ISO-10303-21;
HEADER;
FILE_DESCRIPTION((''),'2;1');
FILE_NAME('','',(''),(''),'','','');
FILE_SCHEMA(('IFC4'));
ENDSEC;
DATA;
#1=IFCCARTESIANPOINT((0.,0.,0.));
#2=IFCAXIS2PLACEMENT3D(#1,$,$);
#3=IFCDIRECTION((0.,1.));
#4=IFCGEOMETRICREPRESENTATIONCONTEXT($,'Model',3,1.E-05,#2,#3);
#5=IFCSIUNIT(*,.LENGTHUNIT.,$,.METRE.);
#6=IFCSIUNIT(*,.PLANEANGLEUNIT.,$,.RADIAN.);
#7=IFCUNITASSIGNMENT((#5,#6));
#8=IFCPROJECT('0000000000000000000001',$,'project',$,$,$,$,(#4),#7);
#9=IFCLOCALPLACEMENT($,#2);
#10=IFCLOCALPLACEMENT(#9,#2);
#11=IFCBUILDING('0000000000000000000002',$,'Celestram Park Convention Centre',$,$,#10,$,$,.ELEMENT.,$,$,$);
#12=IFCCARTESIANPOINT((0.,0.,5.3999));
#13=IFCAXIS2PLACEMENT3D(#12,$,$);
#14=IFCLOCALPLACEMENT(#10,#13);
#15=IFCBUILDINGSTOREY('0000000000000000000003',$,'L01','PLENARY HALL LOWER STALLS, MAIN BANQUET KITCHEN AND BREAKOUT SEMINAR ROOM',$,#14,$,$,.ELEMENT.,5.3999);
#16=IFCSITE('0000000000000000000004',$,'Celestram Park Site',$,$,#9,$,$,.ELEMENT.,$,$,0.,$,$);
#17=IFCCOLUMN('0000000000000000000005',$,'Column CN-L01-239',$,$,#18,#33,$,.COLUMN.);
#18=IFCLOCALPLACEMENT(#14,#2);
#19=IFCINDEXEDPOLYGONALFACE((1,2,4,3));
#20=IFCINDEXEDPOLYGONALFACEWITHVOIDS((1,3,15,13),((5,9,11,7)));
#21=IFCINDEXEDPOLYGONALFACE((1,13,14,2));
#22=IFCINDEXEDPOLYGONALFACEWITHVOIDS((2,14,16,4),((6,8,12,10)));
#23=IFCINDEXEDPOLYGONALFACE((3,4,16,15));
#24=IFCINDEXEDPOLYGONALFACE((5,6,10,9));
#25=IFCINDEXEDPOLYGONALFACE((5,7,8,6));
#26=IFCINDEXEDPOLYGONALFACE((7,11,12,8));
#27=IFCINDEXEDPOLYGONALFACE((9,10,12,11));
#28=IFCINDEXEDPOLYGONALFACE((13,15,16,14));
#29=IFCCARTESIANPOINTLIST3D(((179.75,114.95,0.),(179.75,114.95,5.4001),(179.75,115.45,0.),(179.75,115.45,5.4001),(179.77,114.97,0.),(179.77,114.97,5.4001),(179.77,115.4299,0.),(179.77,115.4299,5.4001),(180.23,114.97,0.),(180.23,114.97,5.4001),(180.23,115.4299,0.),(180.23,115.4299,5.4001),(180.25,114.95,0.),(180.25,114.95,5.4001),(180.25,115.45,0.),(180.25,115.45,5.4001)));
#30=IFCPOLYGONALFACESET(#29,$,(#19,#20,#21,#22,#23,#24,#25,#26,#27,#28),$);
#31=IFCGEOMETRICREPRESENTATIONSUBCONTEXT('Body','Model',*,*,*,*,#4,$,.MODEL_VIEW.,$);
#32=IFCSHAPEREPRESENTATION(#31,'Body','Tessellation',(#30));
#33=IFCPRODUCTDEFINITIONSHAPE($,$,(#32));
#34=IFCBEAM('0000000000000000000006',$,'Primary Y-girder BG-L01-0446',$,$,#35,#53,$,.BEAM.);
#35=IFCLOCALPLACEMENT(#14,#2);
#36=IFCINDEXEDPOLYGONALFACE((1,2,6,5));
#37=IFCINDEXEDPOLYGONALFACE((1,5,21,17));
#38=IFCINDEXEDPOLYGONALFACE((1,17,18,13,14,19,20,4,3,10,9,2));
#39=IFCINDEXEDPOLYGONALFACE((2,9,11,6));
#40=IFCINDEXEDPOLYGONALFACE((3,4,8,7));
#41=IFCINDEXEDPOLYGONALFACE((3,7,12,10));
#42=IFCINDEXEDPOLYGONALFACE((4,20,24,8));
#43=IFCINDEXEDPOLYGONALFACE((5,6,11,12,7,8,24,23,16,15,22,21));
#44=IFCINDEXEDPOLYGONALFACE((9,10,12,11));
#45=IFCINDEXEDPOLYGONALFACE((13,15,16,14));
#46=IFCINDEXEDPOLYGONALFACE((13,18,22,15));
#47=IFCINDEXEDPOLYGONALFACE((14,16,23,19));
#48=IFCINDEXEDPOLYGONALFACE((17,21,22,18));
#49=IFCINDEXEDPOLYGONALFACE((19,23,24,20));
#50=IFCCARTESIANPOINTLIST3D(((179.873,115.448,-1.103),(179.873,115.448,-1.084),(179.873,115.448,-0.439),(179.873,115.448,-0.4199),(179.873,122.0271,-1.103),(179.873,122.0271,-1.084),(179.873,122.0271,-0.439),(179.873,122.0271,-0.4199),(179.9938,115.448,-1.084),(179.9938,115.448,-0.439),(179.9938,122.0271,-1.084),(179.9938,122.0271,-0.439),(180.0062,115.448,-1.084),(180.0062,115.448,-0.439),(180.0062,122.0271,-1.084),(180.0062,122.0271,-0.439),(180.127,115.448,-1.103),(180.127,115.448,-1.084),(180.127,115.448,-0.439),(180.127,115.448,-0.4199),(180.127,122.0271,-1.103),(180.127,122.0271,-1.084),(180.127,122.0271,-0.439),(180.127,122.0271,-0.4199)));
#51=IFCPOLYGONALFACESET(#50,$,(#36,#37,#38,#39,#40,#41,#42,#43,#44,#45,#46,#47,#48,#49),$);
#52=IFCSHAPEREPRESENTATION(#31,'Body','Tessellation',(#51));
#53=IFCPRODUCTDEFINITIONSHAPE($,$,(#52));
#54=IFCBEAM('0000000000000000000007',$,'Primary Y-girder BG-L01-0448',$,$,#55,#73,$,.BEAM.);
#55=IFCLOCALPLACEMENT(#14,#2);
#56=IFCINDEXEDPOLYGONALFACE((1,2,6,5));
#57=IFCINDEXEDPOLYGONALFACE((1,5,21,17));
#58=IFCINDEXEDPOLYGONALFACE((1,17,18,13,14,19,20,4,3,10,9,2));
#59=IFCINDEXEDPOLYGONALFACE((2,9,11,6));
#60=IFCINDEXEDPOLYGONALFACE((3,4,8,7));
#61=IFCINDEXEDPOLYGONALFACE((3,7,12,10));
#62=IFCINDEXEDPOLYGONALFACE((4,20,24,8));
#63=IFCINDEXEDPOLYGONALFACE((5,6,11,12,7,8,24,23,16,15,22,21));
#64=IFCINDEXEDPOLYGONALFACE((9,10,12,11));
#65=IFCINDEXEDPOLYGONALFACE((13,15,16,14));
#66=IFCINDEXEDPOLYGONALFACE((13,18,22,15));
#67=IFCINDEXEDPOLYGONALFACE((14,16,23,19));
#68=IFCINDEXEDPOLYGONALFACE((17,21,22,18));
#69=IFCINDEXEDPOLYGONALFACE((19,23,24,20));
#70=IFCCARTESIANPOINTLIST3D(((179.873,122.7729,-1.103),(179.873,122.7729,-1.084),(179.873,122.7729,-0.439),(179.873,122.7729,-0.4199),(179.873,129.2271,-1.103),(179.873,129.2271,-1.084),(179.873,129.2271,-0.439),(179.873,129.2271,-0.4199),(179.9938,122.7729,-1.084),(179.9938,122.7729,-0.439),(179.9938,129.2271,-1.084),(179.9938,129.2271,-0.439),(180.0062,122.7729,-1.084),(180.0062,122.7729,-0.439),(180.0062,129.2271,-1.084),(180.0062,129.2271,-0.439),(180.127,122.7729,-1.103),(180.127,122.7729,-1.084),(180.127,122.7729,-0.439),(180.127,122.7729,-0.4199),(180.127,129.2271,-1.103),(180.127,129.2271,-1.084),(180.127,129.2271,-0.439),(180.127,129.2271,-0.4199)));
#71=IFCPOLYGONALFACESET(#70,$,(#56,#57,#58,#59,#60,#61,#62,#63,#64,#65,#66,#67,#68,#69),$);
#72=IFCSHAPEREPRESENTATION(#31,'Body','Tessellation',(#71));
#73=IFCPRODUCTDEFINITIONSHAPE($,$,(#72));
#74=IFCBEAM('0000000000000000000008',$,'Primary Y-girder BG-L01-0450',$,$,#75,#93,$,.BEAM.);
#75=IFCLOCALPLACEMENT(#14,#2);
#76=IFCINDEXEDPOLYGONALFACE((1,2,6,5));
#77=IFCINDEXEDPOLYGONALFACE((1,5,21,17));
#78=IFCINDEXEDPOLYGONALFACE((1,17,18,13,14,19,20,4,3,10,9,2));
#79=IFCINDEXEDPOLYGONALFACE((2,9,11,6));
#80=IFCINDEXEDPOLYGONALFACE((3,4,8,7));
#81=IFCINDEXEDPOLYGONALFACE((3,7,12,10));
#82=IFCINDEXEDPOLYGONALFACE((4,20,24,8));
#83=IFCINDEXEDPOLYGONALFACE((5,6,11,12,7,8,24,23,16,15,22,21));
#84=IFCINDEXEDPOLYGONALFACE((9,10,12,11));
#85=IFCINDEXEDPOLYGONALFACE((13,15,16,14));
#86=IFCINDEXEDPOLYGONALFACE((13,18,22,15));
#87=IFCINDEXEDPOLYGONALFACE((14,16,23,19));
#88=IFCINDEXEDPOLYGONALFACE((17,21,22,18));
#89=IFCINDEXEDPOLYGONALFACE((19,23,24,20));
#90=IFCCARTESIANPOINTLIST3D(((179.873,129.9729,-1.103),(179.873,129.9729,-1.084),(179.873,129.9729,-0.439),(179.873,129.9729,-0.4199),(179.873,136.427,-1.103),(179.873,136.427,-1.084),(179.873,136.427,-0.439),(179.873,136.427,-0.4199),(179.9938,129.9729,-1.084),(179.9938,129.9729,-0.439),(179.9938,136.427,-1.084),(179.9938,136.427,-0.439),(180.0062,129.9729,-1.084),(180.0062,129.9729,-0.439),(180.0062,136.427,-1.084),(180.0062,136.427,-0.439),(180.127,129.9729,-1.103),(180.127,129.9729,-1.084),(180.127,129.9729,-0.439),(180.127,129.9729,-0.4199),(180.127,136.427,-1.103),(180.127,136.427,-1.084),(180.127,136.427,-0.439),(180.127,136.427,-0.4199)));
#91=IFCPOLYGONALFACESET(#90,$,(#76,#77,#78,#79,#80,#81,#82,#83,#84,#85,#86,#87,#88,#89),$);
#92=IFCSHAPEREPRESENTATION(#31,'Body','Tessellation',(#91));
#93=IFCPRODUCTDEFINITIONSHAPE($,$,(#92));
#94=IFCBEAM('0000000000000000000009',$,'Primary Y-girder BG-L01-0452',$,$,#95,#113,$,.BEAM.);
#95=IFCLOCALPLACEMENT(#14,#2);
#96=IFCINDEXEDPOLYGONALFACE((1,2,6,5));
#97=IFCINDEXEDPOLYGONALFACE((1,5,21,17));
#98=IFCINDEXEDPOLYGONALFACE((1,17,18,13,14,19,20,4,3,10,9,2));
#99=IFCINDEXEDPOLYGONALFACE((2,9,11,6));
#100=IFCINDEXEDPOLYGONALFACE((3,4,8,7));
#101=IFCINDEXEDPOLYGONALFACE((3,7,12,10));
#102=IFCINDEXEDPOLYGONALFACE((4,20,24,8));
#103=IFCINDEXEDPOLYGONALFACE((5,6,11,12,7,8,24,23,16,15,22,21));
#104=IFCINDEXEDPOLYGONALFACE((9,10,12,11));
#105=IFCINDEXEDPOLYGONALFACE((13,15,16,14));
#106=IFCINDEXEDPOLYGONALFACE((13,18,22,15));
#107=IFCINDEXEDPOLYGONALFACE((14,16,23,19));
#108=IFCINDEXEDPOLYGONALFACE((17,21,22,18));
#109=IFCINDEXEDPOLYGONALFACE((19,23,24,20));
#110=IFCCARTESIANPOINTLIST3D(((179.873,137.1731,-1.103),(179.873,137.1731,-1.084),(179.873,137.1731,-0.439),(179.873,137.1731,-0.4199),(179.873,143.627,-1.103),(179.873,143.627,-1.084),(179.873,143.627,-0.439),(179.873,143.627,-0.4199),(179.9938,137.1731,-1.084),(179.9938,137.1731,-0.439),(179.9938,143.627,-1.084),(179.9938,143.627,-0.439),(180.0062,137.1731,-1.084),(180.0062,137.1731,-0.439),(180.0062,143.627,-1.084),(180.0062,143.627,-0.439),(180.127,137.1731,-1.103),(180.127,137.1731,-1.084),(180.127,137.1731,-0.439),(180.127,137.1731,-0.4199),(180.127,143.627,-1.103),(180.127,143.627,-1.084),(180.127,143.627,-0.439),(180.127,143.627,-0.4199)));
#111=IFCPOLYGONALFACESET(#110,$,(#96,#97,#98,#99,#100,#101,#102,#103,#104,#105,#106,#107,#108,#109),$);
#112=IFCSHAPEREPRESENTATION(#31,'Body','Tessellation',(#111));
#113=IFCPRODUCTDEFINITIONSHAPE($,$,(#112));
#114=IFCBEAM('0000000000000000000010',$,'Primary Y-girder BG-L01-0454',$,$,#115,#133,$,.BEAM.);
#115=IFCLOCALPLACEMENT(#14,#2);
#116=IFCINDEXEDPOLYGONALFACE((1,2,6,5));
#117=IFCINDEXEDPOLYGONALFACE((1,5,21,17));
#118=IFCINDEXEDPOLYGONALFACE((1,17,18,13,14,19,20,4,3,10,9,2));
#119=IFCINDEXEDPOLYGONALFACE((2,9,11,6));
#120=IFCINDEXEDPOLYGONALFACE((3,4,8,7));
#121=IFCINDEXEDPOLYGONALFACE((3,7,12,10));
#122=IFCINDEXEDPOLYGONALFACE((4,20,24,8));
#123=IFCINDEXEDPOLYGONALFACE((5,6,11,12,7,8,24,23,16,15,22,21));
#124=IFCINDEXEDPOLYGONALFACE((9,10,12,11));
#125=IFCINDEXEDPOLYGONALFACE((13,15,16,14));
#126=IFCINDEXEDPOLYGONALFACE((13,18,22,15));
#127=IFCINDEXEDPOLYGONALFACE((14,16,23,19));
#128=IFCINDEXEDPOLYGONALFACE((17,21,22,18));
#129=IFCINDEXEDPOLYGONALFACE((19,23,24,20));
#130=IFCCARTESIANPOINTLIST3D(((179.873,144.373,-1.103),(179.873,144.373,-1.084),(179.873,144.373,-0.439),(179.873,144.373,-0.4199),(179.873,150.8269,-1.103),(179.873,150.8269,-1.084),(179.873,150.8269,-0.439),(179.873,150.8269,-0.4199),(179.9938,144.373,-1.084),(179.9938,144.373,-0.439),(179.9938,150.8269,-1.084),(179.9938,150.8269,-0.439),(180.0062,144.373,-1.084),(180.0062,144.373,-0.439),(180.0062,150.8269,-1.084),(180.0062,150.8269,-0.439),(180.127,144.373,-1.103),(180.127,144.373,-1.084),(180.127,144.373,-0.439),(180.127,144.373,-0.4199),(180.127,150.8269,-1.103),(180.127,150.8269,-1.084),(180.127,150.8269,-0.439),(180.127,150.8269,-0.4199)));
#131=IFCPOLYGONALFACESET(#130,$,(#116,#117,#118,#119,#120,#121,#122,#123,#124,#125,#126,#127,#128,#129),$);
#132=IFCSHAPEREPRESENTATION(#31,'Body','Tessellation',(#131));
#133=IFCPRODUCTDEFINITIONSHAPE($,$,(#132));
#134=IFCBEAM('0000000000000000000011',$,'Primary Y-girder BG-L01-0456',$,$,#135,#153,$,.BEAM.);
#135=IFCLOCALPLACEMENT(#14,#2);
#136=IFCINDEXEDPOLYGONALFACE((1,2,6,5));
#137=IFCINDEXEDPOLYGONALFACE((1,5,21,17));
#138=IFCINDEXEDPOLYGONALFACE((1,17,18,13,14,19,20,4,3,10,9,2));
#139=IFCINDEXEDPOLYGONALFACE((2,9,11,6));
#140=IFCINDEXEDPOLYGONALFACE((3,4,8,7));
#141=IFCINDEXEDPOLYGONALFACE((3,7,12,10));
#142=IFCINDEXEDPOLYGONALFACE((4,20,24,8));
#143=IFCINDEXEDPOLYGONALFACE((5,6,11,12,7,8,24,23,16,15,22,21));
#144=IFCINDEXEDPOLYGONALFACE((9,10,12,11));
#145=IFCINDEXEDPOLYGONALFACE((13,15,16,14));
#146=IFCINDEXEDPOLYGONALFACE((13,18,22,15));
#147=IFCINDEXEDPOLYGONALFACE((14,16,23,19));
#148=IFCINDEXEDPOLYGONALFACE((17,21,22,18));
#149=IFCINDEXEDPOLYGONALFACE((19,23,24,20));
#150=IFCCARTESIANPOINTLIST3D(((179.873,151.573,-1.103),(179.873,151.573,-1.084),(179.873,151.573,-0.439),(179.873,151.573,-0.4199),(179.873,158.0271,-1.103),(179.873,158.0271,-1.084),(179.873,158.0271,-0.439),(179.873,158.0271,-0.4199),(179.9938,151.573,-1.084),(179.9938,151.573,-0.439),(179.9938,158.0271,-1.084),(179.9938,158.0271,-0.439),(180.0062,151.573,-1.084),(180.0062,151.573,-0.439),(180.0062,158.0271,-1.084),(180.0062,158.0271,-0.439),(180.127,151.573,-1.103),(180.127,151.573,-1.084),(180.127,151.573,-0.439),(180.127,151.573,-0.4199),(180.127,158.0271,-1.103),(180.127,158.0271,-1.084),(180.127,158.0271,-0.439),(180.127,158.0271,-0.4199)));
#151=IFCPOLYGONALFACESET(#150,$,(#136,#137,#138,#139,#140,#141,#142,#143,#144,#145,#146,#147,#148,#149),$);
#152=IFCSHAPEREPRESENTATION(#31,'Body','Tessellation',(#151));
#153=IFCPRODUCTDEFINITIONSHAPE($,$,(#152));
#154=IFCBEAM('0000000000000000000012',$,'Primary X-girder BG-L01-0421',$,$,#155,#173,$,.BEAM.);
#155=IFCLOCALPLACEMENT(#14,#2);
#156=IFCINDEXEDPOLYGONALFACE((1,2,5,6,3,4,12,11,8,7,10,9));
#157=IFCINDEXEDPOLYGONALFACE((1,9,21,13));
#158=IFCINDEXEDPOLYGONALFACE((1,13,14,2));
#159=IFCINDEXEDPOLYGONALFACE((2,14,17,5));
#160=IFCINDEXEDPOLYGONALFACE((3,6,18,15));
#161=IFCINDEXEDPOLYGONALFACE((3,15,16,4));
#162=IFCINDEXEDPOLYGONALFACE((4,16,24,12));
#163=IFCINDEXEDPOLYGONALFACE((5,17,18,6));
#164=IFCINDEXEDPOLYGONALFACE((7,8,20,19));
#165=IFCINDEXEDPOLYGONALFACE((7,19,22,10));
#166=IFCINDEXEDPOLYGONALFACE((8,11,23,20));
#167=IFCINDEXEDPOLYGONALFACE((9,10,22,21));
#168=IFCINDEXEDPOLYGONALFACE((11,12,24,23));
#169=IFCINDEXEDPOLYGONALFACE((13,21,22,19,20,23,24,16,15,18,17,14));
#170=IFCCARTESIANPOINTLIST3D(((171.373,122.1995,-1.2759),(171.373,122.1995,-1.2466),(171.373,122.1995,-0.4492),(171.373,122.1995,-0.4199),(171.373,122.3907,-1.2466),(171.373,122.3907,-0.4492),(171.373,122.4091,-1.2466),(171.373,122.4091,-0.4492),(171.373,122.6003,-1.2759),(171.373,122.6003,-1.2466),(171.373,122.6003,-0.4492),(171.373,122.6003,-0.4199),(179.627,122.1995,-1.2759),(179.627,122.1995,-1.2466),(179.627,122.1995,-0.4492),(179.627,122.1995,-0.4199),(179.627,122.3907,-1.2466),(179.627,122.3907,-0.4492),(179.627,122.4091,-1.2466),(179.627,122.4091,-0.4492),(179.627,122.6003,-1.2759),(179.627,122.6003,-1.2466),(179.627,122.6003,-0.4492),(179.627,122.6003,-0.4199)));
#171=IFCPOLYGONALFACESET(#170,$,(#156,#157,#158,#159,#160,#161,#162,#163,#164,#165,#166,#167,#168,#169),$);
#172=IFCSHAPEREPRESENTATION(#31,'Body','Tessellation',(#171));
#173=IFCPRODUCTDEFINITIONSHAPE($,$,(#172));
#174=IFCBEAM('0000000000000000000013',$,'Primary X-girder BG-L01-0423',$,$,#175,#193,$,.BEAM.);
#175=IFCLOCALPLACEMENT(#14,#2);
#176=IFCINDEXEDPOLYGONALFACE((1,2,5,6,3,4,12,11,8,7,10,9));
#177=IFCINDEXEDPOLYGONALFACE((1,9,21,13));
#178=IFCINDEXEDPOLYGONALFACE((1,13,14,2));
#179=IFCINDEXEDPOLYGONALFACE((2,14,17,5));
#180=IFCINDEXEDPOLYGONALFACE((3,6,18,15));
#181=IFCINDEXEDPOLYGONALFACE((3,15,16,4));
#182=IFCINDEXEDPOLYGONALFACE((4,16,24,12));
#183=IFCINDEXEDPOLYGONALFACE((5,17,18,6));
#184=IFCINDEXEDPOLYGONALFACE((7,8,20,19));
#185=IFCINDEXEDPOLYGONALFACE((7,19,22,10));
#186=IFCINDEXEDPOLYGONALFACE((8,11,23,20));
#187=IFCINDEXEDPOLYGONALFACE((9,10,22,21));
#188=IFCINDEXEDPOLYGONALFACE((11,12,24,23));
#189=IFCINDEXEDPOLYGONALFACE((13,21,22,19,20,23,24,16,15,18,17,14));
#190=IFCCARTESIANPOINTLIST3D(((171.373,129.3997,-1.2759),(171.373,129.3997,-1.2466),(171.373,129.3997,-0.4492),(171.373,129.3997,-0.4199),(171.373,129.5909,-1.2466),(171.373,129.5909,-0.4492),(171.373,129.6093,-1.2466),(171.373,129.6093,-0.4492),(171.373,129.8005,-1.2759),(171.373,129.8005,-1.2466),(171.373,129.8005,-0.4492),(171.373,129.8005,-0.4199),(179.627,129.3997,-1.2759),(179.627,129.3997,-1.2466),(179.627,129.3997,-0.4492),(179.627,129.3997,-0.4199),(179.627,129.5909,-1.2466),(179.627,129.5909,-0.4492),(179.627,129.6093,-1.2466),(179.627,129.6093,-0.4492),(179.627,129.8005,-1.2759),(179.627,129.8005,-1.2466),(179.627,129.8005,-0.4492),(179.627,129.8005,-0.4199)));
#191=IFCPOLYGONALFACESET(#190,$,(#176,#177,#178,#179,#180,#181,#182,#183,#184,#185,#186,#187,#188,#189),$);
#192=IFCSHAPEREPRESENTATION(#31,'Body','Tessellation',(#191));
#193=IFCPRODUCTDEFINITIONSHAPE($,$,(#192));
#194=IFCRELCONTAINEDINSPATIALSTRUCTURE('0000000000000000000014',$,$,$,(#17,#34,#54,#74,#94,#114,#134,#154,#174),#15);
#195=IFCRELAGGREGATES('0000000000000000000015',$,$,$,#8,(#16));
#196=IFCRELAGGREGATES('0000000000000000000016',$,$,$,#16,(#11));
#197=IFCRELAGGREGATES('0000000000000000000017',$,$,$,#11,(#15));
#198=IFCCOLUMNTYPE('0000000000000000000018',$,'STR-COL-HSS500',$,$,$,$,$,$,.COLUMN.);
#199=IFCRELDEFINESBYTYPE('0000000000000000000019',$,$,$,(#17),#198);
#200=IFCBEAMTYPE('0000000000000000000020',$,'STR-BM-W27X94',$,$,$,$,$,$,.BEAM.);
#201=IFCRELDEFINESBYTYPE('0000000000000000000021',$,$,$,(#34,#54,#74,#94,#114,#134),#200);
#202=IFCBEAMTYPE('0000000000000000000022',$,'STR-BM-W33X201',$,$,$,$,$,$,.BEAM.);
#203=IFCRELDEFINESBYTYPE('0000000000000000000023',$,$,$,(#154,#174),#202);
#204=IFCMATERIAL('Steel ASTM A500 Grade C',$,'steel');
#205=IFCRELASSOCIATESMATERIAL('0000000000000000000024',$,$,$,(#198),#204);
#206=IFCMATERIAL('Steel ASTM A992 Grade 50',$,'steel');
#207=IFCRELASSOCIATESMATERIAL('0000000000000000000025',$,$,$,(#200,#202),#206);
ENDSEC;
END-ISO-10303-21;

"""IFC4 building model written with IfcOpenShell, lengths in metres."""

from ifc_helpers import new_model, si_unit, direction, frame, origin, origin_2d, place, context, subcontext, project, spatial, hollow_rectangle, i_section, extrude, material, material_profile, profile_set, type_object, element, save


model = new_model("IFC4")

# Units and contexts
model_context = context("Model", 3, precision=1e-05, world=origin(), true_north=direction((0.0, 1.0)))
body_context = subcontext(model_context, "Body", "Model", "MODEL_VIEW")
ifc_project = project(units=[si_unit("LENGTHUNIT", "METRE"), si_unit("PLANEANGLEUNIT", "RADIAN")], contexts=[model_context])

# Site, building, storey
site_placement = place(None, origin())
site = spatial("IfcSite", under=ifc_project, at=site_placement, Name="Celestram Park Site", CompositionType="ELEMENT", RefElevation=0.0)
building_placement = place(site_placement, origin())
building = spatial("IfcBuilding", under=site, at=building_placement, Name="Celestram Park Convention Centre", CompositionType="ELEMENT")
storey_placement = place(building_placement, frame((0.0, 0.0, 5.3999)))
storey = spatial("IfcBuildingStorey", under=building, at=storey_placement, Name="L01", Description="PLENARY HALL LOWER STALLS, MAIN BANQUET KITCHEN AND BREAKOUT SEMINAR ROOM", CompositionType="ELEMENT", Elevation=5.3999)

# Column
ifc_material_1 = material(Name="Steel ASTM A500 Grade C", Category="steel")
ifc_material_profile_1 = material_profile(ifc_material_1, hollow_rectangle(XDim=0.5, YDim=0.5, WallThickness=0.02, at=origin_2d()), Name="HSS500X500X20")
ifc_profile_set_1 = profile_set([ifc_material_profile_1], Name="Steel ASTM A500 Grade C")
column_type = type_object("IfcColumnType", Name="STR-COL-HSS500", PredefinedType="COLUMN", material=ifc_profile_set_1)
column_placement = place(storey_placement, frame((180.0, 115.2, 0.0), z_axis=(0.0, 0.0, 1.0), x_axis=(1.0, 0.0, 0.0)))
element("IfcColumn", 1, at=column_placement, inside=storey, type_object=column_type, Name="Column CN-L01-239", PredefinedType="COLUMN", context=body_context, shape_type="SweptSolid", body=[
    extrude(hollow_rectangle(XDim=0.5, YDim=0.5, WallThickness=0.02, at=origin_2d()), origin(), (0.0, 0.0, 1.0), 5.4001),
])

# Beams
ifc_material_2 = material(Name="Steel ASTM A992 Grade 50", Category="steel")
ifc_material_profile_2 = material_profile(ifc_material_2, i_section(OverallWidth=0.2539, OverallDepth=0.6831, WebThickness=0.0125, FlangeThickness=0.019, at=origin_2d()), Name="W27X94")
ifc_profile_set_2 = profile_set([ifc_material_profile_2], Name="Steel ASTM A992 Grade 50")
beam_type_1 = type_object("IfcBeamType", Name="STR-BM-W27X94", PredefinedType="BEAM", material=ifc_profile_set_2)
beam_1_placement = place(storey_placement, frame((180.0, 115.448, -0.7615), z_axis=(0.0, 1.0, 0.0), x_axis=(-1.0, 0.0, 0.0)))
element("IfcBeam", 2, at=beam_1_placement, inside=storey, type_object=beam_type_1, Name="Primary Y-girder BG-L01-0446", PredefinedType="BEAM", context=body_context, shape_type="SweptSolid", body=[
    extrude(i_section(OverallWidth=0.2539, OverallDepth=0.6831, WebThickness=0.0125, FlangeThickness=0.019, at=origin_2d()), origin(), (0.0, 0.0, 1.0), 6.5791),
])
for number, where, z_axis, x_axis, name in (
    (3, (180.0, 122.7729, -0.7615), (0.0, 1.0, 0.0), (-1.0, 0.0, 0.0), "Primary Y-girder BG-L01-0448"),
    (4, (180.0, 129.9729, -0.7615), (0.0, 1.0, 0.0), (-1.0, 0.0, 0.0), "Primary Y-girder BG-L01-0450"),
):
    element("IfcBeam", number, at=place(storey_placement, frame(where, z_axis=z_axis, x_axis=x_axis)), inside=storey, type_object=beam_type_1, Name=name, PredefinedType="BEAM", context=body_context, shape_type="SweptSolid", body=[
        extrude(i_section(OverallWidth=0.2539, OverallDepth=0.6831, WebThickness=0.0125, FlangeThickness=0.019, at=origin_2d()), origin(), (0.0, 0.0, 1.0), 6.4541),
    ])
for number, where, z_axis, x_axis, name in (
    (5, (180.0, 137.1731, -0.7615), (0.0, 1.0, 0.0), (-1.0, 0.0, 0.0), "Primary Y-girder BG-L01-0452"),
    (6, (180.0, 144.373, -0.7615), (0.0, 1.0, 0.0), (-1.0, 0.0, 0.0), "Primary Y-girder BG-L01-0454"),
):
    element("IfcBeam", number, at=place(storey_placement, frame(where, z_axis=z_axis, x_axis=x_axis)), inside=storey, type_object=beam_type_1, Name=name, PredefinedType="BEAM", context=body_context, shape_type="SweptSolid", body=[
        extrude(i_section(OverallWidth=0.2539, OverallDepth=0.6831, WebThickness=0.0125, FlangeThickness=0.019, at=origin_2d()), origin(), (0.0, 0.0, 1.0), 6.4539),
    ])
beam_2_placement = place(storey_placement, frame((180.0, 151.573, -0.7615), z_axis=(0.0, 1.0, 0.0), x_axis=(-1.0, 0.0, 0.0)))
element("IfcBeam", 7, at=beam_2_placement, inside=storey, type_object=beam_type_1, Name="Primary Y-girder BG-L01-0456", PredefinedType="BEAM", context=body_context, shape_type="SweptSolid", body=[
    extrude(i_section(OverallWidth=0.2539, OverallDepth=0.6831, WebThickness=0.0125, FlangeThickness=0.019, at=origin_2d()), origin(), (0.0, 0.0, 1.0), 6.4541),
])
ifc_material_profile_3 = material_profile(ifc_material_2, i_section(OverallWidth=0.4009, OverallDepth=0.856, WebThickness=0.0183, FlangeThickness=0.0293, at=origin_2d()), Name="W33X201")
ifc_profile_set_3 = profile_set([ifc_material_profile_3], Name="Steel ASTM A992 Grade 50")
beam_type_2 = type_object("IfcBeamType", Name="STR-BM-W33X201", PredefinedType="BEAM", material=ifc_profile_set_3)
for number, where, z_axis, x_axis, name in (
    (8, (171.373, 122.3999, -0.8479), (1.0, 0.0, 0.0), (0.0, 1.0, 0.0), "Primary X-girder BG-L01-0421"),
    (9, (171.373, 129.6001, -0.8479), (1.0, 0.0, 0.0), (0.0, 1.0, 0.0), "Primary X-girder BG-L01-0423"),
):
    element("IfcBeam", number, at=place(storey_placement, frame(where, z_axis=z_axis, x_axis=x_axis)), inside=storey, type_object=beam_type_2, Name=name, PredefinedType="BEAM", context=body_context, shape_type="SweptSolid", body=[
        extrude(i_section(OverallWidth=0.4009, OverallDepth=0.856, WebThickness=0.0183, FlangeThickness=0.0293, at=origin_2d()), origin(), (0.0, 0.0, 1.0), 8.2539),
    ])

save(model, "model.ifc")
